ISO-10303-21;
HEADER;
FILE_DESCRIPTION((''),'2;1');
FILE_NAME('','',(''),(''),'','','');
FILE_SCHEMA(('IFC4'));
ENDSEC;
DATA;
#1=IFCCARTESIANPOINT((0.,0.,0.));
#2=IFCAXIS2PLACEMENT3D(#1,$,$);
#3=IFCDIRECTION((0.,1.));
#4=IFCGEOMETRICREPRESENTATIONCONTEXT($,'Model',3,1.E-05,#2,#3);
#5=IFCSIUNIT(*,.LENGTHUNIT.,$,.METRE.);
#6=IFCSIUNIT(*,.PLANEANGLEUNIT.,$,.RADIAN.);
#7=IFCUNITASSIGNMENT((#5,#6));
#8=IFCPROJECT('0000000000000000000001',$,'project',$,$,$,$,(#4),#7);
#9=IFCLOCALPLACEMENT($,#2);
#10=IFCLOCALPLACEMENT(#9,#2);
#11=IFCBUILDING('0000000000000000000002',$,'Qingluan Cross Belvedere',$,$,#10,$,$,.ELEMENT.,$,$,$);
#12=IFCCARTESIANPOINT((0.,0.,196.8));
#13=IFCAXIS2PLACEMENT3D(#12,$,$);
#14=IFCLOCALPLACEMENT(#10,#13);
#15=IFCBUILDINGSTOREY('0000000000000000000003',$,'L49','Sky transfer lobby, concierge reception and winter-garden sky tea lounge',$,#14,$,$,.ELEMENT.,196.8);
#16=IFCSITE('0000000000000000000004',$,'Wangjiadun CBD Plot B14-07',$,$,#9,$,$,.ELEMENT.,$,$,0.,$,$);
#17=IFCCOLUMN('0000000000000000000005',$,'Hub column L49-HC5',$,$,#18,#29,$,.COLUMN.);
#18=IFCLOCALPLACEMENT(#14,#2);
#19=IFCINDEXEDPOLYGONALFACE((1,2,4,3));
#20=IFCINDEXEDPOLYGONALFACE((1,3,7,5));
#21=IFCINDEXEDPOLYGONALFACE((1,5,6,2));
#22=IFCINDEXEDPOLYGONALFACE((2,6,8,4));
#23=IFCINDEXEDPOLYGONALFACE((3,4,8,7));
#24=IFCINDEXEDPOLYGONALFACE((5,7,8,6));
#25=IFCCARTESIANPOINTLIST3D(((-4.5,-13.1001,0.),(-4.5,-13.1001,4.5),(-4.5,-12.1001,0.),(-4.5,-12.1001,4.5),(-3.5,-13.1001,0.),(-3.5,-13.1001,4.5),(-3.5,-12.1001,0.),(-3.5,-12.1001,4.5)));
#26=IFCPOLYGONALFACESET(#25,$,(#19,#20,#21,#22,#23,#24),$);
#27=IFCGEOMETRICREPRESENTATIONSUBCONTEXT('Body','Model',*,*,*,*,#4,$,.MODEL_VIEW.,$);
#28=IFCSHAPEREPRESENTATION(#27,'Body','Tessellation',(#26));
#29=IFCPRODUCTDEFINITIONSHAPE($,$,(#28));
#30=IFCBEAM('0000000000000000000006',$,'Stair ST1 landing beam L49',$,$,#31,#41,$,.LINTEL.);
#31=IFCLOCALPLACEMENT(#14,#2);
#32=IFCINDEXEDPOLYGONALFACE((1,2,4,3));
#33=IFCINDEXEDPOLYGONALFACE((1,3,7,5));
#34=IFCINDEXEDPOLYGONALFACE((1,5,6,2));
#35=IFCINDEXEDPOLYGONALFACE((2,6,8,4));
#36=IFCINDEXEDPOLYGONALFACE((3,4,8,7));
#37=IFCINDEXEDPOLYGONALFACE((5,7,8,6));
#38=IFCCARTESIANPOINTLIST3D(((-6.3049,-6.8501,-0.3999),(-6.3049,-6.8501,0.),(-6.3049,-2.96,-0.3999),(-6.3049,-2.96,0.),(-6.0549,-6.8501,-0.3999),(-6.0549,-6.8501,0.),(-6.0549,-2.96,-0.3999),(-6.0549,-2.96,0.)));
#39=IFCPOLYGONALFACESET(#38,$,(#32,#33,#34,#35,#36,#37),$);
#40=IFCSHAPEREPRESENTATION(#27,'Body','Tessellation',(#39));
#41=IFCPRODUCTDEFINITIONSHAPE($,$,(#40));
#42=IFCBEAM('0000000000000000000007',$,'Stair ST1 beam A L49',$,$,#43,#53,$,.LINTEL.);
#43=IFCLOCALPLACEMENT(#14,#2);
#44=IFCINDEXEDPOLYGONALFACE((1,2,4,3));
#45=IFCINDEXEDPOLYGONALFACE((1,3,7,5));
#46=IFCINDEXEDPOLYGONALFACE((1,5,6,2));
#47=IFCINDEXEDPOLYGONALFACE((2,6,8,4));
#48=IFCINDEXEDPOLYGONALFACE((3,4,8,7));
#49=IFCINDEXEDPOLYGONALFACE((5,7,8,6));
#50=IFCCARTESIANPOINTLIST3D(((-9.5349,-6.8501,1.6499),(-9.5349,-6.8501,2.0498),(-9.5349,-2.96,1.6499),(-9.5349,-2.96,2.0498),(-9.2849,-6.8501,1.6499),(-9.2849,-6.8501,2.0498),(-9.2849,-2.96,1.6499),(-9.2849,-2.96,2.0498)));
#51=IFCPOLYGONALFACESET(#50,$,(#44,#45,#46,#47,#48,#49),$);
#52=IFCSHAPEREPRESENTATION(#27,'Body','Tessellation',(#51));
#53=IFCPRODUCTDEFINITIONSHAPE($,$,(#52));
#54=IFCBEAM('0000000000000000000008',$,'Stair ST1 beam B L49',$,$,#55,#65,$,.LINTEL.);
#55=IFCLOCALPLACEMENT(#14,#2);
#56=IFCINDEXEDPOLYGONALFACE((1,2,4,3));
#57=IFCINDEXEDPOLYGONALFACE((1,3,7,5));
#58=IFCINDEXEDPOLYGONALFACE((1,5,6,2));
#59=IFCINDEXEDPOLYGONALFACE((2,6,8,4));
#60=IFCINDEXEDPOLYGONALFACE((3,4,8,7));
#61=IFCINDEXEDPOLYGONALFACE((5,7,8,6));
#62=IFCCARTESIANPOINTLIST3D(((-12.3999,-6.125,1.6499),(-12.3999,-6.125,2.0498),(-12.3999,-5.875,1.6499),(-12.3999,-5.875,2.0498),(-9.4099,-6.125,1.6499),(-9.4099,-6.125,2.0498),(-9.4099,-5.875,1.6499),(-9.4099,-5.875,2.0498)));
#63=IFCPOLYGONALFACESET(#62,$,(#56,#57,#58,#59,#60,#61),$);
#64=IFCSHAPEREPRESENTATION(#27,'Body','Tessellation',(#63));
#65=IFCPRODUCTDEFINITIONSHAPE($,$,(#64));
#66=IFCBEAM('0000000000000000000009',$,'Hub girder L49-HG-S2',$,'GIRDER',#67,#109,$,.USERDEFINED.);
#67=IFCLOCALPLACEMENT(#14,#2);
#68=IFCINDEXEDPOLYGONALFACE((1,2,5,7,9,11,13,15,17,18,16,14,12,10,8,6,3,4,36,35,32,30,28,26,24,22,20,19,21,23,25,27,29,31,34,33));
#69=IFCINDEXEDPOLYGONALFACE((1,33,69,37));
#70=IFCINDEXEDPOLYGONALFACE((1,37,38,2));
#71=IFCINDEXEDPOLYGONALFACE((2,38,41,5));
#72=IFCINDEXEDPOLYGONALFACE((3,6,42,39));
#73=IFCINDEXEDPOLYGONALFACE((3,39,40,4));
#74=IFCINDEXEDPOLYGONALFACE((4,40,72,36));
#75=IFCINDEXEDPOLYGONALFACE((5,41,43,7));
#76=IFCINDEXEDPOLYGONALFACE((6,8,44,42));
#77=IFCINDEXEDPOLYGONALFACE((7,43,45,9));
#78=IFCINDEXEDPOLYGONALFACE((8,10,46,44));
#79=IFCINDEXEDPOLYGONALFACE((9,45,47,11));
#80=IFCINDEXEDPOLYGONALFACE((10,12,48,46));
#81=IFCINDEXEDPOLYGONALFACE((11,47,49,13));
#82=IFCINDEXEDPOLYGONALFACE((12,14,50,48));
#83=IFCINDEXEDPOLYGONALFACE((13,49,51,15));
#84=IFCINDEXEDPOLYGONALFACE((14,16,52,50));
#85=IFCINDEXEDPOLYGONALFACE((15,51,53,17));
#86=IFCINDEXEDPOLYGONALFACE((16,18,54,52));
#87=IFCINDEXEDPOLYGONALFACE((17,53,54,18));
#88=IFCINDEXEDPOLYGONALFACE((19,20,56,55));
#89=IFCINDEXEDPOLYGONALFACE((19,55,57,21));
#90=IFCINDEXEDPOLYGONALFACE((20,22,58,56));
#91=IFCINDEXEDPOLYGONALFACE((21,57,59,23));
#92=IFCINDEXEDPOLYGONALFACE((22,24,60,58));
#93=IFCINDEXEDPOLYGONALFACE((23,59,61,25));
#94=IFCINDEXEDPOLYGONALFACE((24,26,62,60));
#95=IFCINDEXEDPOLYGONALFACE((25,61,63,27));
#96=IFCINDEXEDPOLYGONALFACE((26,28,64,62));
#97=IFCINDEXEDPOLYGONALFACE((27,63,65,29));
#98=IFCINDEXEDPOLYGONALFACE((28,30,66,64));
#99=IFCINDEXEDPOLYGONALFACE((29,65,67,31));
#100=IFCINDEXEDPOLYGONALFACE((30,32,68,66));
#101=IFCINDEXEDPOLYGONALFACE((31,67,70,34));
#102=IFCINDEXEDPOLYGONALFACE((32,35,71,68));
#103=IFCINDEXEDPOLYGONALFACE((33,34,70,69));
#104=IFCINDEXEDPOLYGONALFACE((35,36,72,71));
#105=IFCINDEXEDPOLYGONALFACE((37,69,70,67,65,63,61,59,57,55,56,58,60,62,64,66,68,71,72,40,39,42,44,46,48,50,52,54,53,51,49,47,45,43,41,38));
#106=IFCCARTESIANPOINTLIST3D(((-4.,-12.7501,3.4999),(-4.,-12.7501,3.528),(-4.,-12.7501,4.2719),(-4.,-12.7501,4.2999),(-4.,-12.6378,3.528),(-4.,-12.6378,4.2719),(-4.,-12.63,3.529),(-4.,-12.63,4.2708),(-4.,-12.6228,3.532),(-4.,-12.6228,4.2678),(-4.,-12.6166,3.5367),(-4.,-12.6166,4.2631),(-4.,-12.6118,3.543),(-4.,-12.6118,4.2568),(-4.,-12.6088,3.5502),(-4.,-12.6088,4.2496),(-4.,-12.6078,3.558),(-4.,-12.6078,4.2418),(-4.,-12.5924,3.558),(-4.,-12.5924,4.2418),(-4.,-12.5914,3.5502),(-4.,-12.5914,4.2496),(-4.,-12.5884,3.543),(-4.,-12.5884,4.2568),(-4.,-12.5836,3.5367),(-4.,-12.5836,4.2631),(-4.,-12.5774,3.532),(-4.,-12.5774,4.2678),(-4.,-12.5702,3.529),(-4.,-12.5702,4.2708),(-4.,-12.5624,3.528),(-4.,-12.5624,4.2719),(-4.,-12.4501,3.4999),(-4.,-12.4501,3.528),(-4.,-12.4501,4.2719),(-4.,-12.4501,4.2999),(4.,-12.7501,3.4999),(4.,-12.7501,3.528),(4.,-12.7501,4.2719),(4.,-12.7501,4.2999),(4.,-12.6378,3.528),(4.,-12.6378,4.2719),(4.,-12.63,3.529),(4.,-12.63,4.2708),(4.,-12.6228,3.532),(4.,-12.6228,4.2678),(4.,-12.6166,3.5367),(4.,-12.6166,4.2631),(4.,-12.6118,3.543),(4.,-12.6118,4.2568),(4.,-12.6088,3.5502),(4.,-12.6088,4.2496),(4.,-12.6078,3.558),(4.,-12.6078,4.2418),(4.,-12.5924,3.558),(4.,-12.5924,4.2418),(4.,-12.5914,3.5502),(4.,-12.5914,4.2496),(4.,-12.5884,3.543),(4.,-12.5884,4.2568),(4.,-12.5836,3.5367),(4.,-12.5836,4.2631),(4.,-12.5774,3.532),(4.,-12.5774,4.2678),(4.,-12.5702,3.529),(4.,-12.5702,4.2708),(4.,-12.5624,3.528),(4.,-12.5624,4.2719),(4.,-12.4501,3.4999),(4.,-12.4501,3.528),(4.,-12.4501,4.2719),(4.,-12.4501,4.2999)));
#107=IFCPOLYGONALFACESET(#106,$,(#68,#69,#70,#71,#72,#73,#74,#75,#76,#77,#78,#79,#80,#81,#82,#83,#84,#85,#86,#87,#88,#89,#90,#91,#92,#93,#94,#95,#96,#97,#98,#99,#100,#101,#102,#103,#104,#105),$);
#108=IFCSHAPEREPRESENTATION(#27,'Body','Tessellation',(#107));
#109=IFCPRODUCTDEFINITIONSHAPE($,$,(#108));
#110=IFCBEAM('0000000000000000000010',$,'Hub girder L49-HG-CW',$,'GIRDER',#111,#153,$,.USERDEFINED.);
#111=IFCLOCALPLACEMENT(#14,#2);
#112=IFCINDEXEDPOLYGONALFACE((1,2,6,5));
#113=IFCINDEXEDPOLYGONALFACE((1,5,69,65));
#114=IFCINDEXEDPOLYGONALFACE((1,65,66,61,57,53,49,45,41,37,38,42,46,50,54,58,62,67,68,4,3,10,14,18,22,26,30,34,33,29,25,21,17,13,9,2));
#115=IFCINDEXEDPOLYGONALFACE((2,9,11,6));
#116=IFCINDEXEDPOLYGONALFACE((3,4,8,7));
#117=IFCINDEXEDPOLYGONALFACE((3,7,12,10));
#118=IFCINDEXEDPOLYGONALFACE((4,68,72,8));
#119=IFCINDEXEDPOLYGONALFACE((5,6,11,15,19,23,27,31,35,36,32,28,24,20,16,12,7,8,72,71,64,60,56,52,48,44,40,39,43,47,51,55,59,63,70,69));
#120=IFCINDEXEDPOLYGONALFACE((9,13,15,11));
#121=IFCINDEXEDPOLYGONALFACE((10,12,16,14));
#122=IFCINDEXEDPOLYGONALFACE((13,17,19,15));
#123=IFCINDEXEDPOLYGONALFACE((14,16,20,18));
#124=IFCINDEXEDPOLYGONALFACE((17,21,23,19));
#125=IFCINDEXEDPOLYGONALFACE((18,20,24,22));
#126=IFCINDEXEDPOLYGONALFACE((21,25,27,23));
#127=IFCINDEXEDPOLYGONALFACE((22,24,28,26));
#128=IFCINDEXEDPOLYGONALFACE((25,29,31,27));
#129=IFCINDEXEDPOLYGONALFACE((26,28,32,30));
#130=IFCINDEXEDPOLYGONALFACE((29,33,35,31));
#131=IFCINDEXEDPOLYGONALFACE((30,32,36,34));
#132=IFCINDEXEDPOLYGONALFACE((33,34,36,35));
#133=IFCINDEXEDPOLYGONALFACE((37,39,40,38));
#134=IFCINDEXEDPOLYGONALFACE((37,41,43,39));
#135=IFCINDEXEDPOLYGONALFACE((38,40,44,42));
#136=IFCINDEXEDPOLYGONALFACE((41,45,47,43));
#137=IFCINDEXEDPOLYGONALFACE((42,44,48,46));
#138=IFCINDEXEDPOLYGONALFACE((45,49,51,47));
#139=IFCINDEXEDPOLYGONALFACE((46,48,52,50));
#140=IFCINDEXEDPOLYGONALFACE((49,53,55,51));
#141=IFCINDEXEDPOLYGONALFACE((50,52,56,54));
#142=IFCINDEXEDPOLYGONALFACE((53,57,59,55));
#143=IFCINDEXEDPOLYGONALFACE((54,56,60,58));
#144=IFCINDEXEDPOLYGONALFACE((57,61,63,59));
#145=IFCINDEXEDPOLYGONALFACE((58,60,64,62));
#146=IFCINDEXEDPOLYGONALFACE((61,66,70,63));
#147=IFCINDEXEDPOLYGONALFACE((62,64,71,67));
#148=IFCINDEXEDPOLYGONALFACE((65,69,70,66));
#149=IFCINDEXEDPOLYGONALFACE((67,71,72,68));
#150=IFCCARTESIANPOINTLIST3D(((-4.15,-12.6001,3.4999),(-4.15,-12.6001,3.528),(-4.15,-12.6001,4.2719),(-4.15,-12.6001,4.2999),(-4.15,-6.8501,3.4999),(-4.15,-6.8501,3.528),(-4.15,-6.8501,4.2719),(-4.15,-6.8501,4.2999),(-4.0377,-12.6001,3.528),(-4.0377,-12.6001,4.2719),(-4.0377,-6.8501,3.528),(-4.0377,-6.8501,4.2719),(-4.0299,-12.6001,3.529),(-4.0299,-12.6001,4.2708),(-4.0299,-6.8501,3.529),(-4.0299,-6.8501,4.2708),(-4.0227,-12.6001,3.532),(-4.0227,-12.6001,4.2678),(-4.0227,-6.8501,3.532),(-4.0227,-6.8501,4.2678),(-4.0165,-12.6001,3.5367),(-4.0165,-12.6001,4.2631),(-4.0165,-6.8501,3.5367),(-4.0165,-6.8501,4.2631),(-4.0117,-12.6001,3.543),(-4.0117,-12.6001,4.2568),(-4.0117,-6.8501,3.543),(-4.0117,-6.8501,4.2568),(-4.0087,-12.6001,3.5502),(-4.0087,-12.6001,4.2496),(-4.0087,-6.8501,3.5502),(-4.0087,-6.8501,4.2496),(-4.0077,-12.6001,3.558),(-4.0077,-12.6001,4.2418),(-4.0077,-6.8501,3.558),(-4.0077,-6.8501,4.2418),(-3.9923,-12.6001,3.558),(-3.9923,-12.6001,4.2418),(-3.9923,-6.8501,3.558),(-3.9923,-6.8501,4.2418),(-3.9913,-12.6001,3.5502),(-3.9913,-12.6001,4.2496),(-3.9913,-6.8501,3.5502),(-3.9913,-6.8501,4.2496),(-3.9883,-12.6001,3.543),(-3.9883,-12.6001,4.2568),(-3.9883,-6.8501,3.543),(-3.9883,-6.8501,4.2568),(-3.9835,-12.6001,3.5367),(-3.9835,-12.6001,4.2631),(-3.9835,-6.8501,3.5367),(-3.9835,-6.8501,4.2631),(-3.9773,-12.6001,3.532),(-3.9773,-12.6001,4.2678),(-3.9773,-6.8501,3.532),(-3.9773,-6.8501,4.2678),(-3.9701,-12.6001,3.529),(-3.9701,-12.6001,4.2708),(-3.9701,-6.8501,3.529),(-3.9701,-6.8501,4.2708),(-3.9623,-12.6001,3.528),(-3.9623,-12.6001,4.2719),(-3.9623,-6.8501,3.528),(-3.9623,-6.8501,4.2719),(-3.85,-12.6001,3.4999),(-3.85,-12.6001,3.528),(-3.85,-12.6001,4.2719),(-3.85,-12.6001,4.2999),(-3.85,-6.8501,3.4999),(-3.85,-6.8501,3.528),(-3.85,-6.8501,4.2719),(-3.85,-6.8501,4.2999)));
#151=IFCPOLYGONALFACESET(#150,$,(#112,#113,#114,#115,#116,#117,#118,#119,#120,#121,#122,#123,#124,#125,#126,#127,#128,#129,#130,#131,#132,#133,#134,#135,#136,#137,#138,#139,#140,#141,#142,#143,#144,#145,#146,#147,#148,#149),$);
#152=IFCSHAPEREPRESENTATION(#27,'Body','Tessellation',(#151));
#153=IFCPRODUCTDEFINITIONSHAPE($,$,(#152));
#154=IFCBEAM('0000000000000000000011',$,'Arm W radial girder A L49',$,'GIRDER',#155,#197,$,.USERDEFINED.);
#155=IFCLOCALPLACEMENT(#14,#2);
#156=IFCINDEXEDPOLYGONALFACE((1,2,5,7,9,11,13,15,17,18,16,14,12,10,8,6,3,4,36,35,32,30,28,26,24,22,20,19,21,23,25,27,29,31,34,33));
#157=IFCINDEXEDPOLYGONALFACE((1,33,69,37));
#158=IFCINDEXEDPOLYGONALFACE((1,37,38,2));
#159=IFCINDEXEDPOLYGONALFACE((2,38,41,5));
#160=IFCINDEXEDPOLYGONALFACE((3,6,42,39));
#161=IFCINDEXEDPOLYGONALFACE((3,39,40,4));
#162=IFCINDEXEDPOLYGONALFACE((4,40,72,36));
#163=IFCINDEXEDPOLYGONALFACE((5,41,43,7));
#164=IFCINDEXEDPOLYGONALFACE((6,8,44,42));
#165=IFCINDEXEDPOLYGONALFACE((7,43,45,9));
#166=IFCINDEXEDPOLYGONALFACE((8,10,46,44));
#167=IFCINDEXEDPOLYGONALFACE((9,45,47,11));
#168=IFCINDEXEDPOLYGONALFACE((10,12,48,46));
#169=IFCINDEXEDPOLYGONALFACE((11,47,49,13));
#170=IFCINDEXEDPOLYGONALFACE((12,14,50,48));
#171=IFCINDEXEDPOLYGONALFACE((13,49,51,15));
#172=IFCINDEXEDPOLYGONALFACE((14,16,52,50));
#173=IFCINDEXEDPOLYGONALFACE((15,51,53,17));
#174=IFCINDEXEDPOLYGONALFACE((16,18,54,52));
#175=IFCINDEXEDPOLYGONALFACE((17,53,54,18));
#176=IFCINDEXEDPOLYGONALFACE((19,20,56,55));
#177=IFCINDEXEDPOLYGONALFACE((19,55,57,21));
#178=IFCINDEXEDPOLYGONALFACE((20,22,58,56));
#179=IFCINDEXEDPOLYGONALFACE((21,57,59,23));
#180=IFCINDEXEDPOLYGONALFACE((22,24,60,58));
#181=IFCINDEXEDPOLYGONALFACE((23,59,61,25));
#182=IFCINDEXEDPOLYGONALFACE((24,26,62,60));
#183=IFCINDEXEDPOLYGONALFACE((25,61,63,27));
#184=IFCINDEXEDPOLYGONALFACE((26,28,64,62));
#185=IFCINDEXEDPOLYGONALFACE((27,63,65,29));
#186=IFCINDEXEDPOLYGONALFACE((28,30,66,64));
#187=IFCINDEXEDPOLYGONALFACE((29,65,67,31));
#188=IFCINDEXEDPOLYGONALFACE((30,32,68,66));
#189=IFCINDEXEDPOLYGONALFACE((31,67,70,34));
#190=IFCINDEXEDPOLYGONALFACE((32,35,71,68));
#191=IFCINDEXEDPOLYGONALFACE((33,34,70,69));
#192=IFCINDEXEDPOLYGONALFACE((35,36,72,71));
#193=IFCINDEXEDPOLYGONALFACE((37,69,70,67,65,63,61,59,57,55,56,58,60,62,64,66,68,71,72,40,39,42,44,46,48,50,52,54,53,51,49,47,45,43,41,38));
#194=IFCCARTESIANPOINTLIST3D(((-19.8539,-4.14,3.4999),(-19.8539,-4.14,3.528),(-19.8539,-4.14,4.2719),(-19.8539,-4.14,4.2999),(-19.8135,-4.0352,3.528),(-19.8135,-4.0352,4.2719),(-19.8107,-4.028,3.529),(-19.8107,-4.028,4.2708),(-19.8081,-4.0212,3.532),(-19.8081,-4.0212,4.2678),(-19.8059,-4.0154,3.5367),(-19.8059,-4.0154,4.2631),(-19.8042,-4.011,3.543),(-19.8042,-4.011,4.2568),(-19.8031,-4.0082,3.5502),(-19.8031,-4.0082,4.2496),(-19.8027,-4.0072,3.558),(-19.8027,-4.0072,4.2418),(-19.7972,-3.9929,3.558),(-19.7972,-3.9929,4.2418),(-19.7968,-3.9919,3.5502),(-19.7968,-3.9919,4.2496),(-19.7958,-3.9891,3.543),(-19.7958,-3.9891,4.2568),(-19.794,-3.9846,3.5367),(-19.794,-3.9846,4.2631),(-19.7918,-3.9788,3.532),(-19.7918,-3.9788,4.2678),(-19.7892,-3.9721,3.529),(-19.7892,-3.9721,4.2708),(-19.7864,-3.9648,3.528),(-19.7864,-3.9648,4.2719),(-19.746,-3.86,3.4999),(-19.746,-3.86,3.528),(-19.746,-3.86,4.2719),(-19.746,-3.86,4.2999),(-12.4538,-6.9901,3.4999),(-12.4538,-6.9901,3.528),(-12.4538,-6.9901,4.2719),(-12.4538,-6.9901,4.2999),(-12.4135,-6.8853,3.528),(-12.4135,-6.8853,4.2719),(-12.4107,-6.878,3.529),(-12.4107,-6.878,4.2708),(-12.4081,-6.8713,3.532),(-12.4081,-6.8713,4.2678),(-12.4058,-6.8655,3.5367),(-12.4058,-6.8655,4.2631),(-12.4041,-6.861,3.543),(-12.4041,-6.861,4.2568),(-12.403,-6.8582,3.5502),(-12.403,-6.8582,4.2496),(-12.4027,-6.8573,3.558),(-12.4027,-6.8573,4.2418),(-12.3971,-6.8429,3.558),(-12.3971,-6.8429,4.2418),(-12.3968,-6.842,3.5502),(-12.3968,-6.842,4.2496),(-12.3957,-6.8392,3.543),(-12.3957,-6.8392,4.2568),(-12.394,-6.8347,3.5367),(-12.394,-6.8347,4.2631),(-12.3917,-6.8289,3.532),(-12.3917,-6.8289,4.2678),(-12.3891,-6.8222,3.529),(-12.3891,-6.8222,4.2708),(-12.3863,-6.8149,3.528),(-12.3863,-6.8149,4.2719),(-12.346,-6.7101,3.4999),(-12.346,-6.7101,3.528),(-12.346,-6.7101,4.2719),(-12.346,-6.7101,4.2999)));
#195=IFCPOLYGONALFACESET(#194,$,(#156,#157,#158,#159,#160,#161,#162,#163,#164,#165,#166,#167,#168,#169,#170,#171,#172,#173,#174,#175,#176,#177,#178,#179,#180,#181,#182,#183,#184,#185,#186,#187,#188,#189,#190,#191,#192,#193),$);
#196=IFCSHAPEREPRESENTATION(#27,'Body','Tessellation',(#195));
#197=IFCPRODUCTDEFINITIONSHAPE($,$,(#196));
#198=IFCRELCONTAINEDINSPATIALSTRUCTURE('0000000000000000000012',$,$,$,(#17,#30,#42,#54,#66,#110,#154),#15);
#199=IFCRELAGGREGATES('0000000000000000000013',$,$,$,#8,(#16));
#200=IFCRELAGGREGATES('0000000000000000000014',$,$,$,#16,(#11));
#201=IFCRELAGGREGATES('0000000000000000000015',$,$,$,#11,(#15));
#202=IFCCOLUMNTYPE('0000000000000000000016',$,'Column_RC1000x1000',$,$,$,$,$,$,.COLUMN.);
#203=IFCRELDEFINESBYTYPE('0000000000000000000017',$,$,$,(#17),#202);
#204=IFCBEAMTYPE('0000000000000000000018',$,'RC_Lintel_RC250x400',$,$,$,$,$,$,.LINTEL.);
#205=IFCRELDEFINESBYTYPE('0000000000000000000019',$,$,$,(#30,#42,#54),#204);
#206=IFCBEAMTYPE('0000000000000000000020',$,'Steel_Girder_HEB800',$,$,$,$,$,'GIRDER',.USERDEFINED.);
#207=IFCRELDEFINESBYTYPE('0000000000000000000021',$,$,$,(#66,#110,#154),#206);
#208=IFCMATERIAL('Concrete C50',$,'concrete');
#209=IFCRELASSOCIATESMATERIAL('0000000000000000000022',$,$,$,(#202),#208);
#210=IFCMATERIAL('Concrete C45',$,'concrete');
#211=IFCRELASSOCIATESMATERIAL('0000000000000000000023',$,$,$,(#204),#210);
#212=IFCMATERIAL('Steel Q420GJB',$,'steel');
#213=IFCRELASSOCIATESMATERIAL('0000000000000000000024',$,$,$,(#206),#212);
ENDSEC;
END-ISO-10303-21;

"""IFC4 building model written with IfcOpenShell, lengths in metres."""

from ifc_helpers import new_model, si_unit, direction, frame, origin, origin_2d, place, context, subcontext, project, spatial, rectangle, i_section, extrude, material, material_profile, profile_set, type_object, element, save


model = new_model("IFC4")

# Units and contexts
model_context = context("Model", 3, precision=1e-05, world=origin(), true_north=direction((0.0, 1.0)))
body_context = subcontext(model_context, "Body", "Model", "MODEL_VIEW")
ifc_project = project(units=[si_unit("LENGTHUNIT", "METRE"), si_unit("PLANEANGLEUNIT", "RADIAN")], contexts=[model_context])

# Site, building, storey
site_placement = place(None, origin())
site = spatial("IfcSite", under=ifc_project, at=site_placement, Name="Wangjiadun CBD Plot B14-07", CompositionType="ELEMENT", RefElevation=0.0)
building_placement = place(site_placement, origin())
building = spatial("IfcBuilding", under=site, at=building_placement, Name="Qingluan Cross Belvedere", CompositionType="ELEMENT")
storey_placement = place(building_placement, frame((0.0, 0.0, 196.8)))
storey = spatial("IfcBuildingStorey", under=building, at=storey_placement, Name="L49", Description="Sky transfer lobby, concierge reception and winter-garden sky tea lounge", CompositionType="ELEMENT", Elevation=196.8)

# Column
ifc_material_1 = material(Name="Concrete C50", Category="concrete")
ifc_material_profile_1 = material_profile(ifc_material_1, rectangle(XDim=1.0, YDim=1.0, at=origin_2d()), Name="RC1000x1000")
ifc_profile_set_1 = profile_set([ifc_material_profile_1], Name="Concrete C50")
column_type = type_object("IfcColumnType", Name="Column_RC1000x1000", PredefinedType="COLUMN", material=ifc_profile_set_1)
column_placement = place(storey_placement, frame((-4.0, -12.6001, 0.0), z_axis=(0.0, 0.0, 1.0), x_axis=(1.0, 0.0, 0.0)))
element("IfcColumn", 1, at=column_placement, inside=storey, type_object=column_type, Name="Hub column L49-HC5", PredefinedType="COLUMN", context=body_context, shape_type="SweptSolid", body=[
    extrude(rectangle(XDim=1.0, YDim=1.0, at=origin_2d()), origin(), (0.0, 0.0, 1.0), 4.5),
])

# Beams
ifc_material_2 = material(Name="Concrete C45", Category="concrete")
ifc_material_profile_2 = material_profile(ifc_material_2, rectangle(XDim=0.25, YDim=0.3999, at=origin_2d()), Name="RC250x400")
ifc_profile_set_2 = profile_set([ifc_material_profile_2], Name="Concrete C45")
beam_type_1 = type_object("IfcBeamType", Name="RC_Lintel_RC250x400", PredefinedType="LINTEL", material=ifc_profile_set_2)
for number, where, z_axis, x_axis, name in (
    (2, (-6.1799, -6.8501, -0.2), (0.0, 1.0, 0.0), (-1.0, 0.0, 0.0), "Stair ST1 landing beam L49"),
    (3, (-9.4099, -6.8501, 1.8499), (0.0, 1.0, 0.0), (-1.0, 0.0, 0.0), "Stair ST1 beam A L49"),
):
    element("IfcBeam", number, at=place(storey_placement, frame(where, z_axis=z_axis, x_axis=x_axis)), inside=storey, type_object=beam_type_1, Name=name, PredefinedType="LINTEL", context=body_context, shape_type="SweptSolid", body=[
        extrude(rectangle(XDim=0.25, YDim=0.3999, at=origin_2d()), origin(), (0.0, 0.0, 1.0), 3.8901),
    ])
beam_1_placement = place(storey_placement, frame((-12.3999, -6.0, 1.8499), z_axis=(1.0, 0.0, 0.0), x_axis=(0.0, 1.0, 0.0)))
element("IfcBeam", 4, at=beam_1_placement, inside=storey, type_object=beam_type_1, Name="Stair ST1 beam B L49", PredefinedType="LINTEL", context=body_context, shape_type="SweptSolid", body=[
    extrude(rectangle(XDim=0.25, YDim=0.3999, at=origin_2d()), origin(), (0.0, 0.0, 1.0), 2.99),
])
ifc_material_3 = material(Name="Steel Q420GJB", Category="steel")
ifc_material_profile_3 = material_profile(ifc_material_3, i_section(OverallWidth=0.3, OverallDepth=0.8, WebThickness=0.0154, FlangeThickness=0.0281, FilletRadius=0.03, at=origin_2d()), Name="HEB800")
ifc_profile_set_3 = profile_set([ifc_material_profile_3], Name="Steel Q420GJB")
beam_type_2 = type_object("IfcBeamType", Name="Steel_Girder_HEB800", ElementType="GIRDER", PredefinedType="USERDEFINED", material=ifc_profile_set_3)
beam_2_placement = place(storey_placement, frame((-4.0, -12.6001, 3.8999), z_axis=(1.0, 0.0, 0.0), x_axis=(0.0, 1.0, 0.0)))
element("IfcBeam", 5, at=beam_2_placement, inside=storey, type_object=beam_type_2, Name="Hub girder L49-HG-S2", ObjectType="GIRDER", PredefinedType="USERDEFINED", context=body_context, shape_type="SweptSolid", body=[
    extrude(i_section(OverallWidth=0.3, OverallDepth=0.8, WebThickness=0.0154, FlangeThickness=0.0281, FilletRadius=0.03, at=origin_2d()), origin(), (0.0, 0.0, 1.0), 8.0),
])
beam_3_placement = place(storey_placement, frame((-4.0, -12.6001, 3.8999), z_axis=(0.0, 1.0, 0.0), x_axis=(-1.0, 0.0, 0.0)))
element("IfcBeam", 6, at=beam_3_placement, inside=storey, type_object=beam_type_2, Name="Hub girder L49-HG-CW", ObjectType="GIRDER", PredefinedType="USERDEFINED", context=body_context, shape_type="SweptSolid", body=[
    extrude(i_section(OverallWidth=0.3, OverallDepth=0.8, WebThickness=0.0154, FlangeThickness=0.0281, FilletRadius=0.03, at=origin_2d()), origin(), (0.0, 0.0, 1.0), 5.75),
])
beam_4_placement = place(storey_placement, frame((-12.3999, -6.8501, 3.8999), z_axis=(-0.933181, 0.359406, 0.0), x_axis=(-0.359406, -0.933181, 0.0)))
element("IfcBeam", 7, at=beam_4_placement, inside=storey, type_object=beam_type_2, Name="Arm W radial girder A L49", ObjectType="GIRDER", PredefinedType="USERDEFINED", context=body_context, shape_type="SweptSolid", body=[
    extrude(i_section(OverallWidth=0.3, OverallDepth=0.8, WebThickness=0.0154, FlangeThickness=0.0281, FilletRadius=0.03, at=origin_2d()), origin(), (0.0, 0.0, 1.0), 7.9299),
])

save(model, "model.ifc")
